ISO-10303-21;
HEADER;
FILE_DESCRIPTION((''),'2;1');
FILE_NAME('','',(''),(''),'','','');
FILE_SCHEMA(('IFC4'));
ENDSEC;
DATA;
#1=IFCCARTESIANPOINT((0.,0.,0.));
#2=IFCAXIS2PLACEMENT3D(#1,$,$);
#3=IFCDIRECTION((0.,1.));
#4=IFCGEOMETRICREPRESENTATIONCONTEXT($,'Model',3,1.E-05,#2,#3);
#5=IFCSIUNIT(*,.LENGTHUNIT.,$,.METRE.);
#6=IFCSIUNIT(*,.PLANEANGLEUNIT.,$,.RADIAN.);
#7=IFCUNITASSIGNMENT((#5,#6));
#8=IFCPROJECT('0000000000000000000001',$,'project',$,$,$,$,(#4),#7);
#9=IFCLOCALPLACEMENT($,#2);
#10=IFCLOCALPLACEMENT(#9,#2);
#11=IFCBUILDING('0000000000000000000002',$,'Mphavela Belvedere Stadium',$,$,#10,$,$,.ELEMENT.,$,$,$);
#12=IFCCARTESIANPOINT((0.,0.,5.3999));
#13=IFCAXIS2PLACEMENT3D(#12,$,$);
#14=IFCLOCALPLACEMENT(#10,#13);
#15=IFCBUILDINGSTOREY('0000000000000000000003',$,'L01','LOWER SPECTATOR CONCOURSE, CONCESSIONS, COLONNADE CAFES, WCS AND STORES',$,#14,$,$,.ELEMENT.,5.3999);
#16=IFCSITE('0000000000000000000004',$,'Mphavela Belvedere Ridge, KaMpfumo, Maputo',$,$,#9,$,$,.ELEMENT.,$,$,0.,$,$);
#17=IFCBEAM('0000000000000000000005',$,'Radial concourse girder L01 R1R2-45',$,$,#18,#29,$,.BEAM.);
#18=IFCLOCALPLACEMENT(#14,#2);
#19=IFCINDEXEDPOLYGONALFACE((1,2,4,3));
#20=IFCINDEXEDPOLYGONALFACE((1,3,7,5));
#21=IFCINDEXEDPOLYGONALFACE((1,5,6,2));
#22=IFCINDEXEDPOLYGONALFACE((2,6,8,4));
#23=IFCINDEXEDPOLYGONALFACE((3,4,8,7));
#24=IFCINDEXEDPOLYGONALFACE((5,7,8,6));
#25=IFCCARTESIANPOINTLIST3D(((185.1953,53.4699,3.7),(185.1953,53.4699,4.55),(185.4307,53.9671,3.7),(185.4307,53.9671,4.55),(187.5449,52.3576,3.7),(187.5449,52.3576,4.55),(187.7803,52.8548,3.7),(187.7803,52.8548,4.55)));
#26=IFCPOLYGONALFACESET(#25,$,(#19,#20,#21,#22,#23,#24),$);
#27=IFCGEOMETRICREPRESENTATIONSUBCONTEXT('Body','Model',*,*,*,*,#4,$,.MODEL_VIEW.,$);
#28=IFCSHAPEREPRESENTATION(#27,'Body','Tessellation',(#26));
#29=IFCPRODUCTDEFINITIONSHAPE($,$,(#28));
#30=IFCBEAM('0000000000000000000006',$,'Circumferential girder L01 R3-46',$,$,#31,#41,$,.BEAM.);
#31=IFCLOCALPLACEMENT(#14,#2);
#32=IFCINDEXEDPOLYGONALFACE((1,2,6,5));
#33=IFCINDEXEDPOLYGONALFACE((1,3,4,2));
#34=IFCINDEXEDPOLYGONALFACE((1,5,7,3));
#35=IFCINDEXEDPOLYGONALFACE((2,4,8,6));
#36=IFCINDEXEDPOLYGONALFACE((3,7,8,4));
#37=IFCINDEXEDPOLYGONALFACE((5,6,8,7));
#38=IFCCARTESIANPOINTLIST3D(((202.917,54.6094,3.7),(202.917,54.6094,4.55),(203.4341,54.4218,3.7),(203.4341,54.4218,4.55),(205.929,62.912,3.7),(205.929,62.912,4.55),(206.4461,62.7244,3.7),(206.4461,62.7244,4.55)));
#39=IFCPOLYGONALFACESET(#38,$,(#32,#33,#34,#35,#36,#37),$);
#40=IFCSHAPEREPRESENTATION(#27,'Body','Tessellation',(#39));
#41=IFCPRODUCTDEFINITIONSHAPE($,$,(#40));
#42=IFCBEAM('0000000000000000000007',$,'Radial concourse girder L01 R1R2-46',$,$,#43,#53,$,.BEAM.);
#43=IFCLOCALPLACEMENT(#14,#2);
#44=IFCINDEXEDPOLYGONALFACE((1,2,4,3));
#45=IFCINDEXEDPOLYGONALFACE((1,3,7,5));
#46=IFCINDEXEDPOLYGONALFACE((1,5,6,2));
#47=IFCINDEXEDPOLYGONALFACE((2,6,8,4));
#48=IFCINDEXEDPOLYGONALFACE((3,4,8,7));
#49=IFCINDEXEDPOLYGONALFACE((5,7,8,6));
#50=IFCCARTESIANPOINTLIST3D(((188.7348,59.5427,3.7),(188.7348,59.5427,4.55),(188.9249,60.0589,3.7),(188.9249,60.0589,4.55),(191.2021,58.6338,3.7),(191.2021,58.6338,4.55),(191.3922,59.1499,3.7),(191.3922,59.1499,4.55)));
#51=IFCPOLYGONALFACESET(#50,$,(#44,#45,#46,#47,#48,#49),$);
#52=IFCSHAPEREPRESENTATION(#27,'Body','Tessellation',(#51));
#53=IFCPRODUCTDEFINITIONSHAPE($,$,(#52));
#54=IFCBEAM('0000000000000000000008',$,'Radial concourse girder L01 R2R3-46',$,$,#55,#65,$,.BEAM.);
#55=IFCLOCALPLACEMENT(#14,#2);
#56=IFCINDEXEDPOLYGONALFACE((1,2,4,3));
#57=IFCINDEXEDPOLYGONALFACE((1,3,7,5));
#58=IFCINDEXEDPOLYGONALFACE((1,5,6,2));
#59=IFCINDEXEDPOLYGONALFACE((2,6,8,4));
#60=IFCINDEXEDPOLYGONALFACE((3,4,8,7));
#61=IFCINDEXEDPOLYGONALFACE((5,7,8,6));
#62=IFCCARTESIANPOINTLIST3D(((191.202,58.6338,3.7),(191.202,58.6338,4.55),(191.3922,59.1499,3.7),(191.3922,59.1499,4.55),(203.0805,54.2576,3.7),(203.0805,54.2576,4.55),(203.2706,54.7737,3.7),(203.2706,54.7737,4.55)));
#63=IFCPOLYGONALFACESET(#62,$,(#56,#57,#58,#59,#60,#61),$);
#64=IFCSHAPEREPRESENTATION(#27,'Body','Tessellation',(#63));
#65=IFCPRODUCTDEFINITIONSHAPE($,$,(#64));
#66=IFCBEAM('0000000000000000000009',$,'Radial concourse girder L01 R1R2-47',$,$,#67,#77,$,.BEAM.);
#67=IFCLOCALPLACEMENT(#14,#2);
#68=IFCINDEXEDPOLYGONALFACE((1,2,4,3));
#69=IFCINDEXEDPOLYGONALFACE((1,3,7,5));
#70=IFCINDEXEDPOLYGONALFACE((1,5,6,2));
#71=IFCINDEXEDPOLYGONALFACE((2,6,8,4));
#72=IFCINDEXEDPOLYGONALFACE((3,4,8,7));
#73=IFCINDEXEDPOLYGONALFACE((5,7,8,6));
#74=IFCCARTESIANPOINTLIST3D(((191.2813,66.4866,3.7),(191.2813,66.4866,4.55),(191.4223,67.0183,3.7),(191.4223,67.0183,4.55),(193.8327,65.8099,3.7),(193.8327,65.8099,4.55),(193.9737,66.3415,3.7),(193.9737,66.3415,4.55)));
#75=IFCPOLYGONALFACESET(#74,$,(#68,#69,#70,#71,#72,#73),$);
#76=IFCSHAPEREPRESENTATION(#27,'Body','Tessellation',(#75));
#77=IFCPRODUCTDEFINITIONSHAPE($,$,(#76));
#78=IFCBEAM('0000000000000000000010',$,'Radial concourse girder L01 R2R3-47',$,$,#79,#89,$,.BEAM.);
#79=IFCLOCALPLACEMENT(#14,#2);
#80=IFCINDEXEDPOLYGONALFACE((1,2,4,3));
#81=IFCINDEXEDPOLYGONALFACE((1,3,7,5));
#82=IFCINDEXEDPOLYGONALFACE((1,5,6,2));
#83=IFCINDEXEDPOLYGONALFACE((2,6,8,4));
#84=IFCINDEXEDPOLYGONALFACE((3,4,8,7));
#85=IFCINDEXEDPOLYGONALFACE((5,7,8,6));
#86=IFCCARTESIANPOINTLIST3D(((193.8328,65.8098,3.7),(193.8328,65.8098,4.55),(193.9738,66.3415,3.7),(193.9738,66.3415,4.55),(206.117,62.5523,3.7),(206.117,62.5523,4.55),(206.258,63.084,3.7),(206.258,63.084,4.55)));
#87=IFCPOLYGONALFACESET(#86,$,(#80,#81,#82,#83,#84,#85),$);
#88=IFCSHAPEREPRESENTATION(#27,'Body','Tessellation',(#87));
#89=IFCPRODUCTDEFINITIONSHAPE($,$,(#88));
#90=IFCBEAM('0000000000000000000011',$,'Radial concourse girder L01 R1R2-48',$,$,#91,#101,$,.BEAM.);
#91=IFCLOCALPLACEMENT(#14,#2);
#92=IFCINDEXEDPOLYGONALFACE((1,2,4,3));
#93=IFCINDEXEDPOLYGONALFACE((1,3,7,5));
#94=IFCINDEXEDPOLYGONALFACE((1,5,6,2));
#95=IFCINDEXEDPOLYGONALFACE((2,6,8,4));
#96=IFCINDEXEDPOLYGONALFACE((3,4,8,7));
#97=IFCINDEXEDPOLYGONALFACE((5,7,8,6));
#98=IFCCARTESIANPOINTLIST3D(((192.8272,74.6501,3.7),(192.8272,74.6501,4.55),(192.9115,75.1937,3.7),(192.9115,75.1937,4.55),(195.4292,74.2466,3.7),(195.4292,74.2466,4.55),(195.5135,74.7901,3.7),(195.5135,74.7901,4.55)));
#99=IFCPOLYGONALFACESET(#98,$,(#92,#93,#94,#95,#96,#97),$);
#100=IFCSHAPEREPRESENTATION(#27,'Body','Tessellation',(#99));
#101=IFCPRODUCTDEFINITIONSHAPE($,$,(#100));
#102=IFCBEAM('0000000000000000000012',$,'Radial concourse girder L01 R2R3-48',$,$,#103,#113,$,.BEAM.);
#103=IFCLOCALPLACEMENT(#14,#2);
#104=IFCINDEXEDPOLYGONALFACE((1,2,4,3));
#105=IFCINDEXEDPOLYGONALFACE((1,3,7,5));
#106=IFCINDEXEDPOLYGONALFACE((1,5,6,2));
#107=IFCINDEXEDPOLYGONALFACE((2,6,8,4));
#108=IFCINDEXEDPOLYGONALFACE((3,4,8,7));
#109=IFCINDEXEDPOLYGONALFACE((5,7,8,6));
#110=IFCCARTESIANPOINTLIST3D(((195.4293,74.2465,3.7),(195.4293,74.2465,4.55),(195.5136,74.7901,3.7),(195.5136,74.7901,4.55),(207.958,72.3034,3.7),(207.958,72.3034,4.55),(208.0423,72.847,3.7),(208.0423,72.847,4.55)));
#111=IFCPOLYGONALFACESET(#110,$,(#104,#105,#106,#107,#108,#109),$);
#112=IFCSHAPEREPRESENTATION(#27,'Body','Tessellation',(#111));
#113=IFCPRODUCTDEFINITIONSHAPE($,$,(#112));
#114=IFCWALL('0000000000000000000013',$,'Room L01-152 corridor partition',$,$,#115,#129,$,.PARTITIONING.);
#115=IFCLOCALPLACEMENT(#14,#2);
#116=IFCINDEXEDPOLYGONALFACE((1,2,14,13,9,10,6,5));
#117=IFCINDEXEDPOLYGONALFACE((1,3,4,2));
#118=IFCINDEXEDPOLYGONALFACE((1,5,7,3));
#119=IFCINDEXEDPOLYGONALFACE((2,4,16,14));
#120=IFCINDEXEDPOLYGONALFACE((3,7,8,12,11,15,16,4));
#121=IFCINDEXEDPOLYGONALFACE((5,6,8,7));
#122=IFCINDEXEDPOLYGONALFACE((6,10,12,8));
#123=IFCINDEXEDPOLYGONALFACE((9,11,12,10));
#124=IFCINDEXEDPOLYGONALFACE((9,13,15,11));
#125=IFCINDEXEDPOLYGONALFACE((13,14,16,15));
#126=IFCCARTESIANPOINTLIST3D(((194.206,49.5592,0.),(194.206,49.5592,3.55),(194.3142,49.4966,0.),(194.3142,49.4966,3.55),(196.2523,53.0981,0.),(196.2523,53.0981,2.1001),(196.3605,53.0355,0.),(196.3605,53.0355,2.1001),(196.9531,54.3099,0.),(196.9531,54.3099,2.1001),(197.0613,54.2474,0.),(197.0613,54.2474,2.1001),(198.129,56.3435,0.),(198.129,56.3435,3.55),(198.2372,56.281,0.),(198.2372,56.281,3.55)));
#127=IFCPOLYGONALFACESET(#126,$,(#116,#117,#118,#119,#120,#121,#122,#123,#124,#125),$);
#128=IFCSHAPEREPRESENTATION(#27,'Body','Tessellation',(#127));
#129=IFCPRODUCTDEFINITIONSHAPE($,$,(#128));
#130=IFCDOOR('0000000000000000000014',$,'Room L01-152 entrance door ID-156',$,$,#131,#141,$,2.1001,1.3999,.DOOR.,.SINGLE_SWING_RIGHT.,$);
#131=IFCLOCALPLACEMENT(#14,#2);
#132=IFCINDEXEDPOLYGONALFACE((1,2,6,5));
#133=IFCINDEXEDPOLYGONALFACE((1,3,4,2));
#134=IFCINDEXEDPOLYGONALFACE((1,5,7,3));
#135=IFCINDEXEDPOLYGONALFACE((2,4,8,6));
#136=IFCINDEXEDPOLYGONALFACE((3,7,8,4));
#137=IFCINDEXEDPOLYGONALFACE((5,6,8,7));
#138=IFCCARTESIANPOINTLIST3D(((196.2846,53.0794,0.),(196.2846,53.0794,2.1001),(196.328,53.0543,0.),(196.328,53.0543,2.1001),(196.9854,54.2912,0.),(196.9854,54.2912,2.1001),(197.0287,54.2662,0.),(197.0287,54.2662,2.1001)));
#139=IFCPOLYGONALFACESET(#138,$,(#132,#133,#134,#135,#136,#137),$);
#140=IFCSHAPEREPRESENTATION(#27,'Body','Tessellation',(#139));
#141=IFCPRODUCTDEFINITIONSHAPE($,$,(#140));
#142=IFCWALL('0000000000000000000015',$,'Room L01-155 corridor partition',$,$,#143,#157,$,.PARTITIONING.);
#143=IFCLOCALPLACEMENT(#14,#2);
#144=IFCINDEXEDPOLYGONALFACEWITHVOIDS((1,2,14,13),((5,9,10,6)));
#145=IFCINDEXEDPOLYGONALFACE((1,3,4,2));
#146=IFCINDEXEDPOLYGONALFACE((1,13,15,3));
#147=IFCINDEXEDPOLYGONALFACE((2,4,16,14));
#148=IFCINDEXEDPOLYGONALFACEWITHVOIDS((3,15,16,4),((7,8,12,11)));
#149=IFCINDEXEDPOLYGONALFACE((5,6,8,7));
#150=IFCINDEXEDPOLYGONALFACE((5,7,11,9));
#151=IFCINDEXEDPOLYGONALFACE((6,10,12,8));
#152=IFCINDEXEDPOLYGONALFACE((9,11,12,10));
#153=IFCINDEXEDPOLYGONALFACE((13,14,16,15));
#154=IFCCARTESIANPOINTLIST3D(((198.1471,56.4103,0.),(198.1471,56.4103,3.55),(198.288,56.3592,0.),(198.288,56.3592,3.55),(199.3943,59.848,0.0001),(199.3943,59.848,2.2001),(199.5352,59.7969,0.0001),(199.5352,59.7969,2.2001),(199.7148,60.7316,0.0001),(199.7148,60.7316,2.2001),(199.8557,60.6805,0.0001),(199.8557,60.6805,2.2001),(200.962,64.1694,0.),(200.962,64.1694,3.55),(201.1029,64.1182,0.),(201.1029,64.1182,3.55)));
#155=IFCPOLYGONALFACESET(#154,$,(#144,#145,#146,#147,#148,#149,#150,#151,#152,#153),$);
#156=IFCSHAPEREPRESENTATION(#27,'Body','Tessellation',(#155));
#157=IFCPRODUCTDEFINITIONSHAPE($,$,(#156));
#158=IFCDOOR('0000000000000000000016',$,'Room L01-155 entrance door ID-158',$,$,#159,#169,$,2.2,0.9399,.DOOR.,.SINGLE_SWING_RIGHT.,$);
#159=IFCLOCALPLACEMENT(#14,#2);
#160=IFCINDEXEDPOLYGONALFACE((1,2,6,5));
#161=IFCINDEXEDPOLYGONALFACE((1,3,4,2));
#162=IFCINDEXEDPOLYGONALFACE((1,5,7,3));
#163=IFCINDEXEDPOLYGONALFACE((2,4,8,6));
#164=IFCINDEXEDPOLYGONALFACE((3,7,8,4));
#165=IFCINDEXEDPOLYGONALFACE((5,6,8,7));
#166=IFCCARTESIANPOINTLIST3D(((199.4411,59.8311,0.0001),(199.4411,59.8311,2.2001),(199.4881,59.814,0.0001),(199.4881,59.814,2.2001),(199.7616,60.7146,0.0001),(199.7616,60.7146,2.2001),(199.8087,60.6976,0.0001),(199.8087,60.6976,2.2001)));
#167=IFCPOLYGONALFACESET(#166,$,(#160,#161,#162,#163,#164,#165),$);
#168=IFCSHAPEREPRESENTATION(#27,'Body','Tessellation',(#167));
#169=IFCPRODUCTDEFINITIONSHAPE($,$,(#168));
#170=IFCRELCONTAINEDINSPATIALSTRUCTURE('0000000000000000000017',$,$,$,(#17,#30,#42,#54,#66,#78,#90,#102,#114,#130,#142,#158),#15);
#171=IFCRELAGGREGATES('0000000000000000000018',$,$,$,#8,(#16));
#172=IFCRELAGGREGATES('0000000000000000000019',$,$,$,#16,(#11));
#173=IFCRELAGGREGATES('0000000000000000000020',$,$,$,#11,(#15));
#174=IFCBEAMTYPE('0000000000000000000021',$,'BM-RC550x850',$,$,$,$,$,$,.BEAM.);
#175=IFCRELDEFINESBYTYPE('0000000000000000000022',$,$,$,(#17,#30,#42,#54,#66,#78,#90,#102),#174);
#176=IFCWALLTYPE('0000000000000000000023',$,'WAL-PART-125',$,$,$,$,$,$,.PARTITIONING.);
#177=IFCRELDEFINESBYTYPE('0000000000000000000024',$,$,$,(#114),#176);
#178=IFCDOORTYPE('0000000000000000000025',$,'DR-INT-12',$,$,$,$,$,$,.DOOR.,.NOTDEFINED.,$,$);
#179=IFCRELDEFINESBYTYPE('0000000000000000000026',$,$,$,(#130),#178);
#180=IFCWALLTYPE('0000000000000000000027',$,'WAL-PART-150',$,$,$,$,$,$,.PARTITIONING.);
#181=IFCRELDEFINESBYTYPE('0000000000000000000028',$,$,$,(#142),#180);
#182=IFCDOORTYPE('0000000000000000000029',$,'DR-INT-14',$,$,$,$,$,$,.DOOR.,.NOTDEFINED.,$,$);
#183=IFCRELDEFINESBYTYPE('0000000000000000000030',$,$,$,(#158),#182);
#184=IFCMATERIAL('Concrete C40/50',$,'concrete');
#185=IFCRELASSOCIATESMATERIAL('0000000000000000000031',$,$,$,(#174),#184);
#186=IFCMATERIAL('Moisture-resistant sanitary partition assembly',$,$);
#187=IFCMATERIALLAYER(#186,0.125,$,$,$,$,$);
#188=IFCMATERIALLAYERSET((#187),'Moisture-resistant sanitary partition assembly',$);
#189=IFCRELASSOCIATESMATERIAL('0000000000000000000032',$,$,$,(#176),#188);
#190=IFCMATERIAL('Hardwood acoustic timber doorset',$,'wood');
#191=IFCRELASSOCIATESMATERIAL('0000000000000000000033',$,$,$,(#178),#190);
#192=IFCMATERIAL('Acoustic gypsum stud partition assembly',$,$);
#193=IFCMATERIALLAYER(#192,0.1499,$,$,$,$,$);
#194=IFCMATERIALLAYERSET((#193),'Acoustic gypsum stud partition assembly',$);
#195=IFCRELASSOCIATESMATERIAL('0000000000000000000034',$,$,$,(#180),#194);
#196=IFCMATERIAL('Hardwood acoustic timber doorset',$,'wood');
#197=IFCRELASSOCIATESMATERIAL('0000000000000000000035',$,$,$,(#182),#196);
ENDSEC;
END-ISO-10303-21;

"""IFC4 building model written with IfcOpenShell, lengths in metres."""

from ifc_helpers import new_model, si_unit, direction, frame, frame_2d, origin, origin_2d, place, context, subcontext, project, spatial, rectangle, extrude, material, layer, layer_set, material_profile, profile_set, type_object, element, fill, save


model = new_model("IFC4")

# Units and contexts
model_context = context("Model", 3, precision=1e-05, world=origin(), true_north=direction((0.0, 1.0)))
body_context = subcontext(model_context, "Body", "Model", "MODEL_VIEW")
ifc_project = project(units=[si_unit("LENGTHUNIT", "METRE"), si_unit("PLANEANGLEUNIT", "RADIAN")], contexts=[model_context])

# Site, building, storey
site_placement = place(None, origin())
site = spatial("IfcSite", under=ifc_project, at=site_placement, Name="Mphavela Belvedere Ridge, KaMpfumo, Maputo", CompositionType="ELEMENT", RefElevation=0.0)
building_placement = place(site_placement, origin())
building = spatial("IfcBuilding", under=site, at=building_placement, Name="Mphavela Belvedere Stadium", CompositionType="ELEMENT")
storey_placement = place(building_placement, frame((0.0, 0.0, 5.3999)))
storey = spatial("IfcBuildingStorey", under=building, at=storey_placement, Name="L01", Description="LOWER SPECTATOR CONCOURSE, CONCESSIONS, COLONNADE CAFES, WCS AND STORES", CompositionType="ELEMENT", Elevation=5.3999)

# Beams
ifc_material_1 = material(Name="Concrete C40/50", Category="concrete")
ifc_material_profile_1 = material_profile(ifc_material_1, rectangle(XDim=0.55, YDim=0.8501, at=origin_2d()), Name="RC 550x850")
ifc_profile_set_1 = profile_set([ifc_material_profile_1], Name="Concrete C40/50")
beam_type_1 = type_object("IfcBeamType", Name="BM-RC550x850", PredefinedType="BEAM", material=ifc_profile_set_1)
beam_1_placement = place(storey_placement, frame((185.313, 53.7185, 4.125), z_axis=(0.903837, -0.427876, 0.0), x_axis=(0.427876, 0.903837, 0.0)))
element("IfcBeam", 1, at=beam_1_placement, inside=storey, type_object=beam_type_1, Name="Radial concourse girder L01 R1R2-45", PredefinedType="BEAM", context=body_context, shape_type="SweptSolid", body=[
    extrude(rectangle(XDim=0.55, YDim=0.8501, at=origin_2d()), origin(), (0.0, 0.0, 1.0), 2.5996),
])
beam_2_placement = place(storey_placement, frame((203.1755, 54.5156, 4.125), z_axis=(0.341031, 0.940052, 0.0), x_axis=(-0.940052, 0.341031, 0.0)))
element("IfcBeam", 2, at=beam_2_placement, inside=storey, type_object=beam_type_1, Name="Circumferential girder L01 R3-46", PredefinedType="BEAM", context=body_context, shape_type="SweptSolid", body=[
    extrude(rectangle(XDim=0.55, YDim=0.8501, at=origin_2d()), origin(), (0.0, 0.0, 1.0), 8.832),
])
beam_3_placement = place(storey_placement, frame((188.8298, 59.8008, 4.125), z_axis=(0.938351, -0.345684, 0.0), x_axis=(0.345684, 0.938351, 0.0)))
element("IfcBeam", 3, at=beam_3_placement, inside=storey, type_object=beam_type_1, Name="Radial concourse girder L01 R1R2-46", PredefinedType="BEAM", context=body_context, shape_type="SweptSolid", body=[
    extrude(rectangle(XDim=0.55, YDim=0.8501, at=origin_2d()), origin(), (0.0, 0.0, 1.0), 2.6294),
])
beam_4_placement = place(storey_placement, frame((191.2971, 58.8918, 4.125), z_axis=(0.938344, -0.345703, 0.0), x_axis=(0.345703, 0.938344, 0.0)))
element("IfcBeam", 4, at=beam_4_placement, inside=storey, type_object=beam_type_1, Name="Radial concourse girder L01 R2R3-46", PredefinedType="BEAM", context=body_context, shape_type="SweptSolid", body=[
    extrude(rectangle(XDim=0.55, YDim=0.8501, at=origin_2d()), origin(), (0.0, 0.0, 1.0), 12.6589),
])
beam_5_placement = place(storey_placement, frame((191.3518, 66.7524, 4.125), z_axis=(0.966578, -0.256373, 0.0), x_axis=(0.256373, 0.966578, 0.0)))
element("IfcBeam", 5, at=beam_5_placement, inside=storey, type_object=beam_type_1, Name="Radial concourse girder L01 R1R2-47", PredefinedType="BEAM", context=body_context, shape_type="SweptSolid", body=[
    extrude(rectangle(XDim=0.55, YDim=0.8501, at=origin_2d()), origin(), (0.0, 0.0, 1.0), 2.6396),
])
beam_6_placement = place(storey_placement, frame((193.9033, 66.0757, 4.125), z_axis=(0.966591, -0.256324, 0.0), x_axis=(0.256324, 0.966591, 0.0)))
element("IfcBeam", 6, at=beam_6_placement, inside=storey, type_object=beam_type_1, Name="Radial concourse girder L01 R2R3-47", PredefinedType="BEAM", context=body_context, shape_type="SweptSolid", body=[
    extrude(rectangle(XDim=0.55, YDim=0.8501, at=origin_2d()), origin(), (0.0, 0.0, 1.0), 12.7087),
])
beam_7_placement = place(storey_placement, frame((192.8694, 74.9219, 4.125), z_axis=(0.988186, -0.153262, 0.0), x_axis=(0.153262, 0.988186, 0.0)))
element("IfcBeam", 7, at=beam_7_placement, inside=storey, type_object=beam_type_1, Name="Radial concourse girder L01 R1R2-48", PredefinedType="BEAM", context=body_context, shape_type="SweptSolid", body=[
    extrude(rectangle(XDim=0.55, YDim=0.8501, at=origin_2d()), origin(), (0.0, 0.0, 1.0), 2.6331),
])
beam_8_placement = place(storey_placement, frame((195.4714, 74.5183, 4.125), z_axis=(0.988186, -0.153262, 0.0), x_axis=(0.153262, 0.988186, 0.0)))
element("IfcBeam", 8, at=beam_8_placement, inside=storey, type_object=beam_type_1, Name="Radial concourse girder L01 R2R3-48", PredefinedType="BEAM", context=body_context, shape_type="SweptSolid", body=[
    extrude(rectangle(XDim=0.55, YDim=0.8501, at=origin_2d()), origin(), (0.0, 0.0, 1.0), 12.6785),
])

# Walls, openings, doors
ifc_material_2 = material(Name="Moisture-resistant sanitary partition assembly")
ifc_layer_1 = layer(ifc_material_2, 0.125)
ifc_layer_set_1 = layer_set([ifc_layer_1], Name="Moisture-resistant sanitary partition assembly")
wall_type_1 = type_object("IfcWallType", Name="WAL-PART-125", PredefinedType="PARTITIONING", material=ifc_layer_set_1)
wall_1_placement = place(storey_placement, frame((198.1831, 56.3123, 0.0), z_axis=(0.0, 0.0, 1.0), x_axis=(-0.500584, -0.865688, 0.0)))
wall_1 = element("IfcWall", 9, at=wall_1_placement, inside=storey, type_object=wall_type_1, Name="Room L01-152 corridor partition", PredefinedType="PARTITIONING", context=body_context, shape_type="SweptSolid", body=[
    extrude(rectangle(XDim=7.8369, YDim=0.125, at=frame_2d((3.9185, 0.0))), origin(), (0.0, 0.0, 1.0), 3.55),
])
opening_1_placement = place(wall_1_placement, frame((2.3491, 0.0, 0.0)))
opening_1 = element("IfcOpeningElement", 10, at=opening_1_placement, cuts=wall_1, PredefinedType="OPENING", context=body_context, shape_type="SweptSolid", body=[
    extrude(rectangle(XDim=1.3999, YDim=2.1001, at=frame_2d((0.7, 1.05))), frame((0.0, 0.0725, 0.0), z_axis=(0.0, -1.0, 0.0), x_axis=(1.0, 0.0, 0.0)), (0.0, 0.0, 1.0), 0.145),
])
ifc_material_3 = material(Name="Hardwood acoustic timber doorset", Category="wood")
door_type_1 = type_object("IfcDoorType", Name="DR-INT-12", OperationType="NOTDEFINED", PredefinedType="DOOR", material=ifc_material_3)
door_1_placement = place(opening_1_placement, origin())
door_1 = element("IfcDoor", 11, at=door_1_placement, inside=storey, type_object=door_type_1, Name="Room L01-152 entrance door ID-156", OperationType="SINGLE_SWING_RIGHT", OverallHeight=2.1001, OverallWidth=1.3999, PredefinedType="DOOR", context=body_context, shape_type="SweptSolid", body=[
    extrude(rectangle(XDim=1.3999, YDim=2.1001, at=frame_2d((0.7, 1.05))), frame((0.0, 0.0249, 0.0), z_axis=(0.0, -1.0, 0.0), x_axis=(1.0, 0.0, 0.0)), (0.0, 0.0, 1.0), 0.05),
])
fill(opening_1, door_1)
ifc_material_4 = material(Name="Acoustic gypsum stud partition assembly")
ifc_layer_2 = layer(ifc_material_4, 0.1499)
ifc_layer_set_2 = layer_set([ifc_layer_2], Name="Acoustic gypsum stud partition assembly")
wall_type_2 = type_object("IfcWallType", Name="WAL-PART-150", PredefinedType="PARTITIONING", material=ifc_layer_set_2)
wall_2_placement = place(storey_placement, frame((201.0325, 64.1438, 0.0), z_axis=(0.0, 0.0, 1.0), x_axis=(-0.341045, -0.940047, 0.0)))
wall_2 = element("IfcWall", 12, at=wall_2_placement, inside=storey, type_object=wall_type_2, Name="Room L01-155 corridor partition", PredefinedType="PARTITIONING", context=body_context, shape_type="SweptSolid", body=[
    extrude(rectangle(XDim=8.2539, YDim=0.1499, at=frame_2d((4.127, 0.0))), origin(), (0.0, 0.0, 1.0), 3.55),
])
opening_2_placement = place(wall_2_placement, frame((3.657, 0.0, 0.0)))
opening_2 = element("IfcOpeningElement", 13, at=opening_2_placement, cuts=wall_2, PredefinedType="OPENING", context=body_context, shape_type="SweptSolid", body=[
    extrude(rectangle(XDim=0.9399, YDim=2.2, at=frame_2d((0.47, 1.1001))), frame((0.0, 0.085, 0.0), z_axis=(0.0, -1.0, 0.0), x_axis=(1.0, 0.0, 0.0)), (0.0, 0.0, 1.0), 0.1699),
])
ifc_material_5 = material(Name="Hardwood acoustic timber doorset", Category="wood")
door_type_2 = type_object("IfcDoorType", Name="DR-INT-14", OperationType="NOTDEFINED", PredefinedType="DOOR", material=ifc_material_5)
door_2_placement = place(opening_2_placement, origin())
door_2 = element("IfcDoor", 14, at=door_2_placement, inside=storey, type_object=door_type_2, Name="Room L01-155 entrance door ID-158", OperationType="SINGLE_SWING_RIGHT", OverallHeight=2.2, OverallWidth=0.9399, PredefinedType="DOOR", context=body_context, shape_type="SweptSolid", body=[
    extrude(rectangle(XDim=0.9399, YDim=2.2, at=frame_2d((0.47, 1.1001))), frame((0.0, 0.0249, 0.0), z_axis=(0.0, -1.0, 0.0), x_axis=(1.0, 0.0, 0.0)), (0.0, 0.0, 1.0), 0.05),
])
fill(opening_2, door_2)

save(model, "model.ifc")
